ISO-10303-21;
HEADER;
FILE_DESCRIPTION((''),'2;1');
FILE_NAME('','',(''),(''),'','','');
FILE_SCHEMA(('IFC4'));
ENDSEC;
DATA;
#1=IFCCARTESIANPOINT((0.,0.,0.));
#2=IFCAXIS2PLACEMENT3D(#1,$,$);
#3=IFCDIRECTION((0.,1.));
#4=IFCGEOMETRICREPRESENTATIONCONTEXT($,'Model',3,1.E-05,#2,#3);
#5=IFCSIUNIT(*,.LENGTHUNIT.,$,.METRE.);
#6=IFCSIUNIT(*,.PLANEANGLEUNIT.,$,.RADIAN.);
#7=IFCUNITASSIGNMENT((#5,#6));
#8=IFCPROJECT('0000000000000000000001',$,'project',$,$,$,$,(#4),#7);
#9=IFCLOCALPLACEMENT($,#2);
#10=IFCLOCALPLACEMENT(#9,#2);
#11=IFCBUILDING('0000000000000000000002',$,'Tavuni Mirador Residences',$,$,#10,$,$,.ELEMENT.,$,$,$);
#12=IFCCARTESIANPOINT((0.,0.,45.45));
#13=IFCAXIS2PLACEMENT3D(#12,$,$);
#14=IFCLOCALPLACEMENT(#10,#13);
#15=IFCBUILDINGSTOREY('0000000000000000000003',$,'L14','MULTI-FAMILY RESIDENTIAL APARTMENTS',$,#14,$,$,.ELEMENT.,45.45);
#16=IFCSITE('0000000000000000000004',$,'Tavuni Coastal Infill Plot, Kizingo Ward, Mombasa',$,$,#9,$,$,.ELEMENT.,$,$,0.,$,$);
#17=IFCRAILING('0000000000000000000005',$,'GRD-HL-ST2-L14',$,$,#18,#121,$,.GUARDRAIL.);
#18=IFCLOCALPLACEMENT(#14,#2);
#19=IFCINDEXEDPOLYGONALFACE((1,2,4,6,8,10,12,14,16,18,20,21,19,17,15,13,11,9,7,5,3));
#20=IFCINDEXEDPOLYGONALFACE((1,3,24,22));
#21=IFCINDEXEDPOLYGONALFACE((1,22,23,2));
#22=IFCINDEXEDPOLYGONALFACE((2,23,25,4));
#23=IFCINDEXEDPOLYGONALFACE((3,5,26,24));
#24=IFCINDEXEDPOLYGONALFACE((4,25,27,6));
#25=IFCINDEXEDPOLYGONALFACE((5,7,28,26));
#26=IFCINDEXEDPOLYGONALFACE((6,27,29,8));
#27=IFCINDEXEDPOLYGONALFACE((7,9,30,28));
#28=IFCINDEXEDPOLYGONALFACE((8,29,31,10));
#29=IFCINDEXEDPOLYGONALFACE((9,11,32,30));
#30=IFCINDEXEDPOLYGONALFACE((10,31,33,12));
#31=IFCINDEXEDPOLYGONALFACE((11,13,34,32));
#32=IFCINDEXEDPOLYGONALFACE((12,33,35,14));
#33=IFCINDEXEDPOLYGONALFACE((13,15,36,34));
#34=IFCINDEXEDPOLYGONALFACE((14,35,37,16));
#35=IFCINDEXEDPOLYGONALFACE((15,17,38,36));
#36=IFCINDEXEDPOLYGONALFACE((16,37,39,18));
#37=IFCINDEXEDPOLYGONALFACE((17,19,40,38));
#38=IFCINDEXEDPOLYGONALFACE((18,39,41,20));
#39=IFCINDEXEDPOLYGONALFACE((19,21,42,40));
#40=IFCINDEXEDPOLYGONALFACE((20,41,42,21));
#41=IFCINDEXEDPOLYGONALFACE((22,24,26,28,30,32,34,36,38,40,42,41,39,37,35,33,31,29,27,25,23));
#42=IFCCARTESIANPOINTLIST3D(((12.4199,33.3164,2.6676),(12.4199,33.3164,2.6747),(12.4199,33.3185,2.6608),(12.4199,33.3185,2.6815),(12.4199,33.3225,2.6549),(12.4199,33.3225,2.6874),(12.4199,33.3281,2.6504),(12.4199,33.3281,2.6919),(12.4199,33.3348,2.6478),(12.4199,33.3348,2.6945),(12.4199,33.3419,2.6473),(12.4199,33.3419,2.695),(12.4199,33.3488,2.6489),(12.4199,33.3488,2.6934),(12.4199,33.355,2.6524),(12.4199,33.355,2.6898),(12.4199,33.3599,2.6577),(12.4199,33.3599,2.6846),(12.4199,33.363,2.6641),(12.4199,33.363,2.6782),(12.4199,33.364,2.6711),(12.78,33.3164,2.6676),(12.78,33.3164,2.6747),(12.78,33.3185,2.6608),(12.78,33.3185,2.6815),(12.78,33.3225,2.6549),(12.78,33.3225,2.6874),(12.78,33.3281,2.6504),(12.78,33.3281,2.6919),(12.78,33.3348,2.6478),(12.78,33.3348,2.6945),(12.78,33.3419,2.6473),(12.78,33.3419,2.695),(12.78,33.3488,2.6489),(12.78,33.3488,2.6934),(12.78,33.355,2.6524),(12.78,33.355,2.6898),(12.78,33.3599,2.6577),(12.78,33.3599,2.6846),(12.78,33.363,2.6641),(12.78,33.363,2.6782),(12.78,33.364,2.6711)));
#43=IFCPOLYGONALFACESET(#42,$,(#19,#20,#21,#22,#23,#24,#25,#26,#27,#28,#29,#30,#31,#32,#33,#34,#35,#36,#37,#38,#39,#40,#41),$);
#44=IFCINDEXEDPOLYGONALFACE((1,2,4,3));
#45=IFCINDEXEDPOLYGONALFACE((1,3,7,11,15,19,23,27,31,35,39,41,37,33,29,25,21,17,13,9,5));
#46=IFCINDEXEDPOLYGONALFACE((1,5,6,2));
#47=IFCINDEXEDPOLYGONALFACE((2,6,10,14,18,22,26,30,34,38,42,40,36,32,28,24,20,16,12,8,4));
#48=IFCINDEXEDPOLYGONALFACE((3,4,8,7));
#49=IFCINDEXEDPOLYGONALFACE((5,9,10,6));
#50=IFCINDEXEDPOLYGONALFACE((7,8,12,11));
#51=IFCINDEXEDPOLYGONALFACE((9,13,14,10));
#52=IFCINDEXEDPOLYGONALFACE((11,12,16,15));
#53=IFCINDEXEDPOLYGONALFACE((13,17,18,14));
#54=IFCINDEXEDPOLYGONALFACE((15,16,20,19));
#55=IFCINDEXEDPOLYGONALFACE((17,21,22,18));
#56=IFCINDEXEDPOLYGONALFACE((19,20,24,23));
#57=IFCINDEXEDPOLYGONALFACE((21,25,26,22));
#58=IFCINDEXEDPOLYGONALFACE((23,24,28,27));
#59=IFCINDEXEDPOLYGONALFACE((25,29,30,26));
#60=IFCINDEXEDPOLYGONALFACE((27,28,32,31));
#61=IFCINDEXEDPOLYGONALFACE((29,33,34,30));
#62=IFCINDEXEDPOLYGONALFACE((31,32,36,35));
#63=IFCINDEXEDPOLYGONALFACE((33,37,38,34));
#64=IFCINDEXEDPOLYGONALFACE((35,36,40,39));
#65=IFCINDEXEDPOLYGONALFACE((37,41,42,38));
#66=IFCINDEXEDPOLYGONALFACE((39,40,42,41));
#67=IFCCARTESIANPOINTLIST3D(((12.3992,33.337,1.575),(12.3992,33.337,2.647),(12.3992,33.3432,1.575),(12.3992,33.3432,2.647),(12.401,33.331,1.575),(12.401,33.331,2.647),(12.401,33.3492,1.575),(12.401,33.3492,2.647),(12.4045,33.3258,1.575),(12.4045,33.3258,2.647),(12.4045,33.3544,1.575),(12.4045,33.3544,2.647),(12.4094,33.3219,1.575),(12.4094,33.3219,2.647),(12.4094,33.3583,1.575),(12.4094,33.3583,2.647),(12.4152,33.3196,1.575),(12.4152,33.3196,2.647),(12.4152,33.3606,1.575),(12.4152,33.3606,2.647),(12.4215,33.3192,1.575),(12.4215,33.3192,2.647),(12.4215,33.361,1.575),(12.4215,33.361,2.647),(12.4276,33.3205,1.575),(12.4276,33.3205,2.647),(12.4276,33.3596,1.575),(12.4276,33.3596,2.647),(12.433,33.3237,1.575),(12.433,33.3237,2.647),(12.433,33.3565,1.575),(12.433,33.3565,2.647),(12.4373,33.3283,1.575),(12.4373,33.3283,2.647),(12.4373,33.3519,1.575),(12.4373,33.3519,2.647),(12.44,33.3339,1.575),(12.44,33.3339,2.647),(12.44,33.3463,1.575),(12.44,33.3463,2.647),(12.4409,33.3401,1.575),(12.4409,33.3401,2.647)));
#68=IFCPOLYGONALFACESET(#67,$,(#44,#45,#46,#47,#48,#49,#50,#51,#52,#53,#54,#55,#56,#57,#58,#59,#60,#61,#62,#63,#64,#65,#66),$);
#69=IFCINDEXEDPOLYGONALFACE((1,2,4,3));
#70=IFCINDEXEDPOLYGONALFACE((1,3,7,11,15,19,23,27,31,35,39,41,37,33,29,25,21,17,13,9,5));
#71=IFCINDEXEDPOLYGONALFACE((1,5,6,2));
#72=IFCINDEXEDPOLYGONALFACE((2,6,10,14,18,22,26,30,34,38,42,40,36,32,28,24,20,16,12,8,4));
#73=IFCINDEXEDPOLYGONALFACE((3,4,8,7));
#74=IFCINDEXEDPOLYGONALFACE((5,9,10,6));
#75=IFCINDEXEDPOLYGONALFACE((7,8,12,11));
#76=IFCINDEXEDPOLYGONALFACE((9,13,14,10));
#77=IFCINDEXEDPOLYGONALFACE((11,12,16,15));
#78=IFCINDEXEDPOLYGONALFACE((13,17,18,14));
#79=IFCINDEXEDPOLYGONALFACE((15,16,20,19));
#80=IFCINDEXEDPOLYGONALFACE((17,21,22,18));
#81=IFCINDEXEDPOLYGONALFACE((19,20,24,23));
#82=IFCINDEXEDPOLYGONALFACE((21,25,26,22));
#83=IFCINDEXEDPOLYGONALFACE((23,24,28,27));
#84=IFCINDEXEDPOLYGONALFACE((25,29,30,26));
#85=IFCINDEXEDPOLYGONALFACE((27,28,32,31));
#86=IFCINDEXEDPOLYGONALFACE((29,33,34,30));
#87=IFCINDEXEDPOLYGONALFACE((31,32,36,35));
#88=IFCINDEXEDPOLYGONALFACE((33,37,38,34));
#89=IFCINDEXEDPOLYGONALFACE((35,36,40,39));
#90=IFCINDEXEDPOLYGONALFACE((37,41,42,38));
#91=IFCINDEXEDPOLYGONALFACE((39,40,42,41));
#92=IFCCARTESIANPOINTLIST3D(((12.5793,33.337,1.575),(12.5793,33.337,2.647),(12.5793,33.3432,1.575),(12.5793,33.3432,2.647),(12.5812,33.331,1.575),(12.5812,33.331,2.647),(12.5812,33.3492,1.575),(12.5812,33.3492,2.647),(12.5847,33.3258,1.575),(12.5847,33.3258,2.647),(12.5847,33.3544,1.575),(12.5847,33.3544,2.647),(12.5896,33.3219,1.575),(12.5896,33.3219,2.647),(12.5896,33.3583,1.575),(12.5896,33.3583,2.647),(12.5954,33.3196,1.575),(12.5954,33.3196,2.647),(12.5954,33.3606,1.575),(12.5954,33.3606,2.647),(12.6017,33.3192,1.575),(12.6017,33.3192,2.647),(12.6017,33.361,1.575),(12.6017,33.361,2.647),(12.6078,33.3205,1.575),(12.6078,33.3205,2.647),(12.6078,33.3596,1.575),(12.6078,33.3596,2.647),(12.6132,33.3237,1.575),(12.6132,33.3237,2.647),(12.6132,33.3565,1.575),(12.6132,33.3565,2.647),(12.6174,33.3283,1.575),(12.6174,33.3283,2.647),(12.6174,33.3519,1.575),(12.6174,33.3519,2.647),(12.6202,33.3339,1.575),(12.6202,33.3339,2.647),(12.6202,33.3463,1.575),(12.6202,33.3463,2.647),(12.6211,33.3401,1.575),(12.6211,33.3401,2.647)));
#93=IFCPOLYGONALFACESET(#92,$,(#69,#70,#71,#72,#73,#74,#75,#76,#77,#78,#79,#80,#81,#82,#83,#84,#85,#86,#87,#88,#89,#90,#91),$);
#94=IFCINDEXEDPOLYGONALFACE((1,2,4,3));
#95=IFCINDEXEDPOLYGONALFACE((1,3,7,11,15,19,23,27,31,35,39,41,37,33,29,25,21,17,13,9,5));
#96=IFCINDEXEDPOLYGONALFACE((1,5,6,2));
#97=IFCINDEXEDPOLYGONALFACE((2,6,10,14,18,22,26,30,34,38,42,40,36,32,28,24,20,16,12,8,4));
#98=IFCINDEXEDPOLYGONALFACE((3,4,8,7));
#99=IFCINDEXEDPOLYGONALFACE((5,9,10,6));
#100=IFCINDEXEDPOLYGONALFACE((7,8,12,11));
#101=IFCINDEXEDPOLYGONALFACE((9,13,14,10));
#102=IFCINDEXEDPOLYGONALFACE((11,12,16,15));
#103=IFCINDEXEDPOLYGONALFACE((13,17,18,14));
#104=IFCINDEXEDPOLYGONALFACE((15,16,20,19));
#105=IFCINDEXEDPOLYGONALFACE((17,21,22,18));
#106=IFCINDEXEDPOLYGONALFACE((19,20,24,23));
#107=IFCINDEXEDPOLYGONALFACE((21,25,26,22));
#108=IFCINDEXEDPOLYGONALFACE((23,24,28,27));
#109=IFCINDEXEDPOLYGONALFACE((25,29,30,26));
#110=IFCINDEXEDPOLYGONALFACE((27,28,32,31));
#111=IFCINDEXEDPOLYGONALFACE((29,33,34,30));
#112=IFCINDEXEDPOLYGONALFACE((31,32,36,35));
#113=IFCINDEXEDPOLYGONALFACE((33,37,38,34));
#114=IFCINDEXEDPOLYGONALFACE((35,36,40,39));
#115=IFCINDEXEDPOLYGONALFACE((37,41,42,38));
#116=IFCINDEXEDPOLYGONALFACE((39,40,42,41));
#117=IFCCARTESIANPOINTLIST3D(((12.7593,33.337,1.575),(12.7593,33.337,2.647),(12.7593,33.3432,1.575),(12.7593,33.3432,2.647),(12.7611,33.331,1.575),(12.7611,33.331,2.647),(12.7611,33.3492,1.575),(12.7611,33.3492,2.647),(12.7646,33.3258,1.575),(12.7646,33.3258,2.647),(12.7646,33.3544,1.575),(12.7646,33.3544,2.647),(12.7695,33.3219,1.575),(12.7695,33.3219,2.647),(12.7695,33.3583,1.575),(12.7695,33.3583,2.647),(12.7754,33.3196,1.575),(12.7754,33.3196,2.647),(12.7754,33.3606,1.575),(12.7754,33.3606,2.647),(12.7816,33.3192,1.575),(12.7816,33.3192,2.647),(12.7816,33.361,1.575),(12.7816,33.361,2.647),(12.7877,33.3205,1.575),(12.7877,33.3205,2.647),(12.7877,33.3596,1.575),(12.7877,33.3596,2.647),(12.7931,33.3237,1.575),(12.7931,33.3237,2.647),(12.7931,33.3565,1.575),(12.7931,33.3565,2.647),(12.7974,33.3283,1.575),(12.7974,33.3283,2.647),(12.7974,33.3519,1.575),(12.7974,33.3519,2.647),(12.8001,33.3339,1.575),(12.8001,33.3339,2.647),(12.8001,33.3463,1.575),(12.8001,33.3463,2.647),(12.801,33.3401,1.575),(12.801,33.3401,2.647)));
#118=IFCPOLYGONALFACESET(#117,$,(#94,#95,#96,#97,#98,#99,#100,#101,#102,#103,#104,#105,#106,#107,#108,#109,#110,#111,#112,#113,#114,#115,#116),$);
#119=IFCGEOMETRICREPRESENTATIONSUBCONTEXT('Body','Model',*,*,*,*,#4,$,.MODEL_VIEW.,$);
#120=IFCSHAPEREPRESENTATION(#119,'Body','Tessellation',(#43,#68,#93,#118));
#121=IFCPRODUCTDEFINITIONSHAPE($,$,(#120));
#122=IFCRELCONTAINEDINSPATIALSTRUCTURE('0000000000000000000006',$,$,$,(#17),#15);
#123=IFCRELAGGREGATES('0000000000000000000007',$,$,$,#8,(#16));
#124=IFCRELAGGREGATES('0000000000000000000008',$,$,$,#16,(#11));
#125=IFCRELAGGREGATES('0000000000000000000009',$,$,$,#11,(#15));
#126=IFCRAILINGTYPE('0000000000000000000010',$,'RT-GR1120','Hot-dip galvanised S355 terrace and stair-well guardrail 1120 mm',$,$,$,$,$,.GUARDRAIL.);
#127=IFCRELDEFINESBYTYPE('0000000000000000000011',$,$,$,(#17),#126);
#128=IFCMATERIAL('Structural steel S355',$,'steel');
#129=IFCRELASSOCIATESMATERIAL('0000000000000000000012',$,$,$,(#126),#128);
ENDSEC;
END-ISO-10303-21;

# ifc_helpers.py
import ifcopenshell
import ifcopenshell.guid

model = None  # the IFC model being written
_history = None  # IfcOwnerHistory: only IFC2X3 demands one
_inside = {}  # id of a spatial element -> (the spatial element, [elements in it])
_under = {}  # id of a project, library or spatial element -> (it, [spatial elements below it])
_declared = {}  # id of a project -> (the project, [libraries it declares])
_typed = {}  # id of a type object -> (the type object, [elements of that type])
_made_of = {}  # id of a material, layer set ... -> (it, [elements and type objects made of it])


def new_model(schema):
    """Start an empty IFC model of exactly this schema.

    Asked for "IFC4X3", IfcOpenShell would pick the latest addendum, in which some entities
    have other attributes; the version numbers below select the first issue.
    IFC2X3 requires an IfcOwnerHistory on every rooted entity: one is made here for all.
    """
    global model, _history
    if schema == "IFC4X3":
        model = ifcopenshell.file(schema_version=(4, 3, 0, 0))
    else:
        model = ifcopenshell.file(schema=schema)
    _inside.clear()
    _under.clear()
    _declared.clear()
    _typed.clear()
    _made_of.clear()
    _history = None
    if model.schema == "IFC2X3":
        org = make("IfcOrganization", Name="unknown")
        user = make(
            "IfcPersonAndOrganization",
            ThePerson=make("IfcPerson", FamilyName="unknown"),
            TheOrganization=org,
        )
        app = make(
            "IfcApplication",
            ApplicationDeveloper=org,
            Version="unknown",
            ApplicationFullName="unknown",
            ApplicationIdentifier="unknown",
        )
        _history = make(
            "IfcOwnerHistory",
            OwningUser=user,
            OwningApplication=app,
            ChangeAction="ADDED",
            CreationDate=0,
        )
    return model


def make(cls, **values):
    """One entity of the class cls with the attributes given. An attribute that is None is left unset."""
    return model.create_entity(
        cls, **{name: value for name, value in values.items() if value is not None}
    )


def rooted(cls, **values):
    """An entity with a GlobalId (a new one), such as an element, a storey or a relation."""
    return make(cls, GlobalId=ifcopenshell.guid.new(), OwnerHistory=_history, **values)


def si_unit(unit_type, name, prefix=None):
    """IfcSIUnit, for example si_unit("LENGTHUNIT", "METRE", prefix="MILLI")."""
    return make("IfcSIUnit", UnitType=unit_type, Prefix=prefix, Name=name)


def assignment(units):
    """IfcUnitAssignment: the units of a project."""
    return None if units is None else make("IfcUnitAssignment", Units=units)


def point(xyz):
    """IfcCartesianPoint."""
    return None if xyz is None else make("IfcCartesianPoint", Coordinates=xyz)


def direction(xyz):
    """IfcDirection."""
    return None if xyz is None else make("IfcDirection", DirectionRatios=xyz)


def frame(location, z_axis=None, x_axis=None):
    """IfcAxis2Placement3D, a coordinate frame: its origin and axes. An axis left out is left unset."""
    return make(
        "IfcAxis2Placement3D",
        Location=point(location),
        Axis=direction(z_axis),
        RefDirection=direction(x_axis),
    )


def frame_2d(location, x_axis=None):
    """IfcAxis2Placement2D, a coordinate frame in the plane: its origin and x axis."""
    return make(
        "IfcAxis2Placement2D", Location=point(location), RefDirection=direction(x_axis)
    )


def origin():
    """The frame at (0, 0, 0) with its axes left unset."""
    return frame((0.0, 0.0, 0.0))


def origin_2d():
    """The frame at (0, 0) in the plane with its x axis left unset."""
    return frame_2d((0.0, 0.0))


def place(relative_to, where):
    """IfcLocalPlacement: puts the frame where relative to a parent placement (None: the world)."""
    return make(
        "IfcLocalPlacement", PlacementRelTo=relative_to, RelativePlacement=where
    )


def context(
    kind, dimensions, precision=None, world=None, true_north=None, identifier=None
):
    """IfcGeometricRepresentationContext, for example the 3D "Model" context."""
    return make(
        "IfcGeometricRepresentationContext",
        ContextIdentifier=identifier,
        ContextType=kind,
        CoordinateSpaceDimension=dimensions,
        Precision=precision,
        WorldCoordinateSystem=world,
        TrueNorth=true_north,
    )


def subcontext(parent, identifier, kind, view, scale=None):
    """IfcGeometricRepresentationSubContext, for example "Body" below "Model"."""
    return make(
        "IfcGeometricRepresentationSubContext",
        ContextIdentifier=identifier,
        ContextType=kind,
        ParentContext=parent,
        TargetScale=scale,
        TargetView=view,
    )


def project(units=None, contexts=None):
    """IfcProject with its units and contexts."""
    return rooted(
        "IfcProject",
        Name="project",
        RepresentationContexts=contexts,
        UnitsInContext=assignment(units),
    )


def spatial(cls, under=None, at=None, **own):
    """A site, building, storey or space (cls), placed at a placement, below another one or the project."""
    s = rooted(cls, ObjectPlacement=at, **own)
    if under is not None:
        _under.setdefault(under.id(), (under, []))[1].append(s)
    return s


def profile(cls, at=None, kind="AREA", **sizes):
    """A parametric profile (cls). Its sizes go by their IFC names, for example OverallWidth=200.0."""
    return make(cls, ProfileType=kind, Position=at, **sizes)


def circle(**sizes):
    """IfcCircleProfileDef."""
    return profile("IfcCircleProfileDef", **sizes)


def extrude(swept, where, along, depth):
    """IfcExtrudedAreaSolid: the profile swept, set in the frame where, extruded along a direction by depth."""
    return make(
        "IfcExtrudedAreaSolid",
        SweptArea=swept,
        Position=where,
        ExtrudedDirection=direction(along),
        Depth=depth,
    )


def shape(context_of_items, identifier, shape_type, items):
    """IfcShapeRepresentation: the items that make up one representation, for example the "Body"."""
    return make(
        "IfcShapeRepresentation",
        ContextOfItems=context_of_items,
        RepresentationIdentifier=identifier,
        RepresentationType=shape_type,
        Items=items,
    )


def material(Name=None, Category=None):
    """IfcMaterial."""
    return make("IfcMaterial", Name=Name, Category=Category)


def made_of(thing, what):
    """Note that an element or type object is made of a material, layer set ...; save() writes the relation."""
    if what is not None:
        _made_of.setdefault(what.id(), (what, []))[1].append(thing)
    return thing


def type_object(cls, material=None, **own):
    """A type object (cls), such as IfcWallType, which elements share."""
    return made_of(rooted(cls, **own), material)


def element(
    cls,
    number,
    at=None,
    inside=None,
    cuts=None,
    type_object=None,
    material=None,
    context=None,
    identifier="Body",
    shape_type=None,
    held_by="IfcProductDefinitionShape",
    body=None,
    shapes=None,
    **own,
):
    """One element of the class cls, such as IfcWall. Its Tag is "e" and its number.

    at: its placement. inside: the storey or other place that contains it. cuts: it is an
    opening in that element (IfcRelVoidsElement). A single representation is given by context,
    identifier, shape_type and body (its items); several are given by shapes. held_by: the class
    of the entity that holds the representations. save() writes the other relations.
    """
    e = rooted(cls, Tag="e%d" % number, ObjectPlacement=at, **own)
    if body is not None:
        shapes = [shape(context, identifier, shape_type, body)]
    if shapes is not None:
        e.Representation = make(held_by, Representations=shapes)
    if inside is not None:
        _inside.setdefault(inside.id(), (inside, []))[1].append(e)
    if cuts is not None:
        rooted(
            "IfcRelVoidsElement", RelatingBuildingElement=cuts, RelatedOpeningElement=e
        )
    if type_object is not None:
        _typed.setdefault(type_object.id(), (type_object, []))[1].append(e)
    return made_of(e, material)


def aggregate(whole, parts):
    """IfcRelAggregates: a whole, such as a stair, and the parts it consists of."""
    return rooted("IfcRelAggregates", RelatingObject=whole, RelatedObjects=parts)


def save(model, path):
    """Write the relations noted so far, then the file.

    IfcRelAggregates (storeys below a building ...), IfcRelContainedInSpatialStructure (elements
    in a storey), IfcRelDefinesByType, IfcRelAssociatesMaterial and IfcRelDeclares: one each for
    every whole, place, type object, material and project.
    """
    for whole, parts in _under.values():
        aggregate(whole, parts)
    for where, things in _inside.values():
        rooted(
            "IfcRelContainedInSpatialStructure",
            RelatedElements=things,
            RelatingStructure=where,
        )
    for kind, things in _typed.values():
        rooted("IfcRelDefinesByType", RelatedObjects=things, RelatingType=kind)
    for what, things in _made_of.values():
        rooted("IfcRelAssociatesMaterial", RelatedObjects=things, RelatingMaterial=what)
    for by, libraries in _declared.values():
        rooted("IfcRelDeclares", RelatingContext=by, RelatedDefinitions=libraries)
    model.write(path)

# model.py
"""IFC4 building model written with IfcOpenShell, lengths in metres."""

from ifc_helpers import new_model, si_unit, direction, frame, origin, origin_2d, place, context, subcontext, project, spatial, circle, extrude, material, type_object, element, save


model = new_model("IFC4")

# Units and contexts
model_context = context("Model", 3, precision=1e-05, world=origin(), true_north=direction((0.0, 1.0)))
body_context = subcontext(model_context, "Body", "Model", "MODEL_VIEW")
ifc_project = project(units=[si_unit("LENGTHUNIT", "METRE"), si_unit("PLANEANGLEUNIT", "RADIAN")], contexts=[model_context])

# Site, building, storey
site_placement = place(None, origin())
site = spatial("IfcSite", under=ifc_project, at=site_placement, Name="Tavuni Coastal Infill Plot, Kizingo Ward, Mombasa", CompositionType="ELEMENT", RefElevation=0.0)
building_placement = place(site_placement, origin())
building = spatial("IfcBuilding", under=site, at=building_placement, Name="Tavuni Mirador Residences", CompositionType="ELEMENT")
storey_placement = place(building_placement, frame((0.0, 0.0, 45.45)))
storey = spatial("IfcBuildingStorey", under=building, at=storey_placement, Name="L14", Description="MULTI-FAMILY RESIDENTIAL APARTMENTS", CompositionType="ELEMENT", Elevation=45.45)

# Shared definitions
ifc_material_1 = material(Name="Structural steel S355", Category="steel")

# Railing
railing_type_1 = type_object("IfcRailingType", Name="RT-GR1120", Description="Hot-dip galvanised S355 terrace and stair-well guardrail 1120 mm", PredefinedType="GUARDRAIL", material=ifc_material_1)
railing_1_placement = place(storey_placement, frame((12.4199, 33.3401, 1.575)))
element("IfcRailing", 1, at=railing_1_placement, inside=storey, type_object=railing_type_1, Name="GRD-HL-ST2-L14", PredefinedType="GUARDRAIL", context=body_context, shape_type="SweptSolid", body=[
    extrude(circle(Radius=0.0239, at=origin_2d()), frame((0.0, 0.0, 1.0962), z_axis=(1.0, 0.0, 0.0), x_axis=(0.0, 1.0, 0.0)), (0.0, 0.0, 1.0), 0.3601),
    extrude(circle(Radius=0.021, at=origin_2d()), origin(), (0.0, 0.0, 1.0), 1.072),
    extrude(circle(Radius=0.021, at=origin_2d()), frame((0.1802, 0.0, 0.0)), (0.0, 0.0, 1.0), 1.072),
    extrude(circle(Radius=0.021, at=origin_2d()), frame((0.3601, 0.0, 0.0)), (0.0, 0.0, 1.0), 1.072),
])

save(model, "model.ifc")
